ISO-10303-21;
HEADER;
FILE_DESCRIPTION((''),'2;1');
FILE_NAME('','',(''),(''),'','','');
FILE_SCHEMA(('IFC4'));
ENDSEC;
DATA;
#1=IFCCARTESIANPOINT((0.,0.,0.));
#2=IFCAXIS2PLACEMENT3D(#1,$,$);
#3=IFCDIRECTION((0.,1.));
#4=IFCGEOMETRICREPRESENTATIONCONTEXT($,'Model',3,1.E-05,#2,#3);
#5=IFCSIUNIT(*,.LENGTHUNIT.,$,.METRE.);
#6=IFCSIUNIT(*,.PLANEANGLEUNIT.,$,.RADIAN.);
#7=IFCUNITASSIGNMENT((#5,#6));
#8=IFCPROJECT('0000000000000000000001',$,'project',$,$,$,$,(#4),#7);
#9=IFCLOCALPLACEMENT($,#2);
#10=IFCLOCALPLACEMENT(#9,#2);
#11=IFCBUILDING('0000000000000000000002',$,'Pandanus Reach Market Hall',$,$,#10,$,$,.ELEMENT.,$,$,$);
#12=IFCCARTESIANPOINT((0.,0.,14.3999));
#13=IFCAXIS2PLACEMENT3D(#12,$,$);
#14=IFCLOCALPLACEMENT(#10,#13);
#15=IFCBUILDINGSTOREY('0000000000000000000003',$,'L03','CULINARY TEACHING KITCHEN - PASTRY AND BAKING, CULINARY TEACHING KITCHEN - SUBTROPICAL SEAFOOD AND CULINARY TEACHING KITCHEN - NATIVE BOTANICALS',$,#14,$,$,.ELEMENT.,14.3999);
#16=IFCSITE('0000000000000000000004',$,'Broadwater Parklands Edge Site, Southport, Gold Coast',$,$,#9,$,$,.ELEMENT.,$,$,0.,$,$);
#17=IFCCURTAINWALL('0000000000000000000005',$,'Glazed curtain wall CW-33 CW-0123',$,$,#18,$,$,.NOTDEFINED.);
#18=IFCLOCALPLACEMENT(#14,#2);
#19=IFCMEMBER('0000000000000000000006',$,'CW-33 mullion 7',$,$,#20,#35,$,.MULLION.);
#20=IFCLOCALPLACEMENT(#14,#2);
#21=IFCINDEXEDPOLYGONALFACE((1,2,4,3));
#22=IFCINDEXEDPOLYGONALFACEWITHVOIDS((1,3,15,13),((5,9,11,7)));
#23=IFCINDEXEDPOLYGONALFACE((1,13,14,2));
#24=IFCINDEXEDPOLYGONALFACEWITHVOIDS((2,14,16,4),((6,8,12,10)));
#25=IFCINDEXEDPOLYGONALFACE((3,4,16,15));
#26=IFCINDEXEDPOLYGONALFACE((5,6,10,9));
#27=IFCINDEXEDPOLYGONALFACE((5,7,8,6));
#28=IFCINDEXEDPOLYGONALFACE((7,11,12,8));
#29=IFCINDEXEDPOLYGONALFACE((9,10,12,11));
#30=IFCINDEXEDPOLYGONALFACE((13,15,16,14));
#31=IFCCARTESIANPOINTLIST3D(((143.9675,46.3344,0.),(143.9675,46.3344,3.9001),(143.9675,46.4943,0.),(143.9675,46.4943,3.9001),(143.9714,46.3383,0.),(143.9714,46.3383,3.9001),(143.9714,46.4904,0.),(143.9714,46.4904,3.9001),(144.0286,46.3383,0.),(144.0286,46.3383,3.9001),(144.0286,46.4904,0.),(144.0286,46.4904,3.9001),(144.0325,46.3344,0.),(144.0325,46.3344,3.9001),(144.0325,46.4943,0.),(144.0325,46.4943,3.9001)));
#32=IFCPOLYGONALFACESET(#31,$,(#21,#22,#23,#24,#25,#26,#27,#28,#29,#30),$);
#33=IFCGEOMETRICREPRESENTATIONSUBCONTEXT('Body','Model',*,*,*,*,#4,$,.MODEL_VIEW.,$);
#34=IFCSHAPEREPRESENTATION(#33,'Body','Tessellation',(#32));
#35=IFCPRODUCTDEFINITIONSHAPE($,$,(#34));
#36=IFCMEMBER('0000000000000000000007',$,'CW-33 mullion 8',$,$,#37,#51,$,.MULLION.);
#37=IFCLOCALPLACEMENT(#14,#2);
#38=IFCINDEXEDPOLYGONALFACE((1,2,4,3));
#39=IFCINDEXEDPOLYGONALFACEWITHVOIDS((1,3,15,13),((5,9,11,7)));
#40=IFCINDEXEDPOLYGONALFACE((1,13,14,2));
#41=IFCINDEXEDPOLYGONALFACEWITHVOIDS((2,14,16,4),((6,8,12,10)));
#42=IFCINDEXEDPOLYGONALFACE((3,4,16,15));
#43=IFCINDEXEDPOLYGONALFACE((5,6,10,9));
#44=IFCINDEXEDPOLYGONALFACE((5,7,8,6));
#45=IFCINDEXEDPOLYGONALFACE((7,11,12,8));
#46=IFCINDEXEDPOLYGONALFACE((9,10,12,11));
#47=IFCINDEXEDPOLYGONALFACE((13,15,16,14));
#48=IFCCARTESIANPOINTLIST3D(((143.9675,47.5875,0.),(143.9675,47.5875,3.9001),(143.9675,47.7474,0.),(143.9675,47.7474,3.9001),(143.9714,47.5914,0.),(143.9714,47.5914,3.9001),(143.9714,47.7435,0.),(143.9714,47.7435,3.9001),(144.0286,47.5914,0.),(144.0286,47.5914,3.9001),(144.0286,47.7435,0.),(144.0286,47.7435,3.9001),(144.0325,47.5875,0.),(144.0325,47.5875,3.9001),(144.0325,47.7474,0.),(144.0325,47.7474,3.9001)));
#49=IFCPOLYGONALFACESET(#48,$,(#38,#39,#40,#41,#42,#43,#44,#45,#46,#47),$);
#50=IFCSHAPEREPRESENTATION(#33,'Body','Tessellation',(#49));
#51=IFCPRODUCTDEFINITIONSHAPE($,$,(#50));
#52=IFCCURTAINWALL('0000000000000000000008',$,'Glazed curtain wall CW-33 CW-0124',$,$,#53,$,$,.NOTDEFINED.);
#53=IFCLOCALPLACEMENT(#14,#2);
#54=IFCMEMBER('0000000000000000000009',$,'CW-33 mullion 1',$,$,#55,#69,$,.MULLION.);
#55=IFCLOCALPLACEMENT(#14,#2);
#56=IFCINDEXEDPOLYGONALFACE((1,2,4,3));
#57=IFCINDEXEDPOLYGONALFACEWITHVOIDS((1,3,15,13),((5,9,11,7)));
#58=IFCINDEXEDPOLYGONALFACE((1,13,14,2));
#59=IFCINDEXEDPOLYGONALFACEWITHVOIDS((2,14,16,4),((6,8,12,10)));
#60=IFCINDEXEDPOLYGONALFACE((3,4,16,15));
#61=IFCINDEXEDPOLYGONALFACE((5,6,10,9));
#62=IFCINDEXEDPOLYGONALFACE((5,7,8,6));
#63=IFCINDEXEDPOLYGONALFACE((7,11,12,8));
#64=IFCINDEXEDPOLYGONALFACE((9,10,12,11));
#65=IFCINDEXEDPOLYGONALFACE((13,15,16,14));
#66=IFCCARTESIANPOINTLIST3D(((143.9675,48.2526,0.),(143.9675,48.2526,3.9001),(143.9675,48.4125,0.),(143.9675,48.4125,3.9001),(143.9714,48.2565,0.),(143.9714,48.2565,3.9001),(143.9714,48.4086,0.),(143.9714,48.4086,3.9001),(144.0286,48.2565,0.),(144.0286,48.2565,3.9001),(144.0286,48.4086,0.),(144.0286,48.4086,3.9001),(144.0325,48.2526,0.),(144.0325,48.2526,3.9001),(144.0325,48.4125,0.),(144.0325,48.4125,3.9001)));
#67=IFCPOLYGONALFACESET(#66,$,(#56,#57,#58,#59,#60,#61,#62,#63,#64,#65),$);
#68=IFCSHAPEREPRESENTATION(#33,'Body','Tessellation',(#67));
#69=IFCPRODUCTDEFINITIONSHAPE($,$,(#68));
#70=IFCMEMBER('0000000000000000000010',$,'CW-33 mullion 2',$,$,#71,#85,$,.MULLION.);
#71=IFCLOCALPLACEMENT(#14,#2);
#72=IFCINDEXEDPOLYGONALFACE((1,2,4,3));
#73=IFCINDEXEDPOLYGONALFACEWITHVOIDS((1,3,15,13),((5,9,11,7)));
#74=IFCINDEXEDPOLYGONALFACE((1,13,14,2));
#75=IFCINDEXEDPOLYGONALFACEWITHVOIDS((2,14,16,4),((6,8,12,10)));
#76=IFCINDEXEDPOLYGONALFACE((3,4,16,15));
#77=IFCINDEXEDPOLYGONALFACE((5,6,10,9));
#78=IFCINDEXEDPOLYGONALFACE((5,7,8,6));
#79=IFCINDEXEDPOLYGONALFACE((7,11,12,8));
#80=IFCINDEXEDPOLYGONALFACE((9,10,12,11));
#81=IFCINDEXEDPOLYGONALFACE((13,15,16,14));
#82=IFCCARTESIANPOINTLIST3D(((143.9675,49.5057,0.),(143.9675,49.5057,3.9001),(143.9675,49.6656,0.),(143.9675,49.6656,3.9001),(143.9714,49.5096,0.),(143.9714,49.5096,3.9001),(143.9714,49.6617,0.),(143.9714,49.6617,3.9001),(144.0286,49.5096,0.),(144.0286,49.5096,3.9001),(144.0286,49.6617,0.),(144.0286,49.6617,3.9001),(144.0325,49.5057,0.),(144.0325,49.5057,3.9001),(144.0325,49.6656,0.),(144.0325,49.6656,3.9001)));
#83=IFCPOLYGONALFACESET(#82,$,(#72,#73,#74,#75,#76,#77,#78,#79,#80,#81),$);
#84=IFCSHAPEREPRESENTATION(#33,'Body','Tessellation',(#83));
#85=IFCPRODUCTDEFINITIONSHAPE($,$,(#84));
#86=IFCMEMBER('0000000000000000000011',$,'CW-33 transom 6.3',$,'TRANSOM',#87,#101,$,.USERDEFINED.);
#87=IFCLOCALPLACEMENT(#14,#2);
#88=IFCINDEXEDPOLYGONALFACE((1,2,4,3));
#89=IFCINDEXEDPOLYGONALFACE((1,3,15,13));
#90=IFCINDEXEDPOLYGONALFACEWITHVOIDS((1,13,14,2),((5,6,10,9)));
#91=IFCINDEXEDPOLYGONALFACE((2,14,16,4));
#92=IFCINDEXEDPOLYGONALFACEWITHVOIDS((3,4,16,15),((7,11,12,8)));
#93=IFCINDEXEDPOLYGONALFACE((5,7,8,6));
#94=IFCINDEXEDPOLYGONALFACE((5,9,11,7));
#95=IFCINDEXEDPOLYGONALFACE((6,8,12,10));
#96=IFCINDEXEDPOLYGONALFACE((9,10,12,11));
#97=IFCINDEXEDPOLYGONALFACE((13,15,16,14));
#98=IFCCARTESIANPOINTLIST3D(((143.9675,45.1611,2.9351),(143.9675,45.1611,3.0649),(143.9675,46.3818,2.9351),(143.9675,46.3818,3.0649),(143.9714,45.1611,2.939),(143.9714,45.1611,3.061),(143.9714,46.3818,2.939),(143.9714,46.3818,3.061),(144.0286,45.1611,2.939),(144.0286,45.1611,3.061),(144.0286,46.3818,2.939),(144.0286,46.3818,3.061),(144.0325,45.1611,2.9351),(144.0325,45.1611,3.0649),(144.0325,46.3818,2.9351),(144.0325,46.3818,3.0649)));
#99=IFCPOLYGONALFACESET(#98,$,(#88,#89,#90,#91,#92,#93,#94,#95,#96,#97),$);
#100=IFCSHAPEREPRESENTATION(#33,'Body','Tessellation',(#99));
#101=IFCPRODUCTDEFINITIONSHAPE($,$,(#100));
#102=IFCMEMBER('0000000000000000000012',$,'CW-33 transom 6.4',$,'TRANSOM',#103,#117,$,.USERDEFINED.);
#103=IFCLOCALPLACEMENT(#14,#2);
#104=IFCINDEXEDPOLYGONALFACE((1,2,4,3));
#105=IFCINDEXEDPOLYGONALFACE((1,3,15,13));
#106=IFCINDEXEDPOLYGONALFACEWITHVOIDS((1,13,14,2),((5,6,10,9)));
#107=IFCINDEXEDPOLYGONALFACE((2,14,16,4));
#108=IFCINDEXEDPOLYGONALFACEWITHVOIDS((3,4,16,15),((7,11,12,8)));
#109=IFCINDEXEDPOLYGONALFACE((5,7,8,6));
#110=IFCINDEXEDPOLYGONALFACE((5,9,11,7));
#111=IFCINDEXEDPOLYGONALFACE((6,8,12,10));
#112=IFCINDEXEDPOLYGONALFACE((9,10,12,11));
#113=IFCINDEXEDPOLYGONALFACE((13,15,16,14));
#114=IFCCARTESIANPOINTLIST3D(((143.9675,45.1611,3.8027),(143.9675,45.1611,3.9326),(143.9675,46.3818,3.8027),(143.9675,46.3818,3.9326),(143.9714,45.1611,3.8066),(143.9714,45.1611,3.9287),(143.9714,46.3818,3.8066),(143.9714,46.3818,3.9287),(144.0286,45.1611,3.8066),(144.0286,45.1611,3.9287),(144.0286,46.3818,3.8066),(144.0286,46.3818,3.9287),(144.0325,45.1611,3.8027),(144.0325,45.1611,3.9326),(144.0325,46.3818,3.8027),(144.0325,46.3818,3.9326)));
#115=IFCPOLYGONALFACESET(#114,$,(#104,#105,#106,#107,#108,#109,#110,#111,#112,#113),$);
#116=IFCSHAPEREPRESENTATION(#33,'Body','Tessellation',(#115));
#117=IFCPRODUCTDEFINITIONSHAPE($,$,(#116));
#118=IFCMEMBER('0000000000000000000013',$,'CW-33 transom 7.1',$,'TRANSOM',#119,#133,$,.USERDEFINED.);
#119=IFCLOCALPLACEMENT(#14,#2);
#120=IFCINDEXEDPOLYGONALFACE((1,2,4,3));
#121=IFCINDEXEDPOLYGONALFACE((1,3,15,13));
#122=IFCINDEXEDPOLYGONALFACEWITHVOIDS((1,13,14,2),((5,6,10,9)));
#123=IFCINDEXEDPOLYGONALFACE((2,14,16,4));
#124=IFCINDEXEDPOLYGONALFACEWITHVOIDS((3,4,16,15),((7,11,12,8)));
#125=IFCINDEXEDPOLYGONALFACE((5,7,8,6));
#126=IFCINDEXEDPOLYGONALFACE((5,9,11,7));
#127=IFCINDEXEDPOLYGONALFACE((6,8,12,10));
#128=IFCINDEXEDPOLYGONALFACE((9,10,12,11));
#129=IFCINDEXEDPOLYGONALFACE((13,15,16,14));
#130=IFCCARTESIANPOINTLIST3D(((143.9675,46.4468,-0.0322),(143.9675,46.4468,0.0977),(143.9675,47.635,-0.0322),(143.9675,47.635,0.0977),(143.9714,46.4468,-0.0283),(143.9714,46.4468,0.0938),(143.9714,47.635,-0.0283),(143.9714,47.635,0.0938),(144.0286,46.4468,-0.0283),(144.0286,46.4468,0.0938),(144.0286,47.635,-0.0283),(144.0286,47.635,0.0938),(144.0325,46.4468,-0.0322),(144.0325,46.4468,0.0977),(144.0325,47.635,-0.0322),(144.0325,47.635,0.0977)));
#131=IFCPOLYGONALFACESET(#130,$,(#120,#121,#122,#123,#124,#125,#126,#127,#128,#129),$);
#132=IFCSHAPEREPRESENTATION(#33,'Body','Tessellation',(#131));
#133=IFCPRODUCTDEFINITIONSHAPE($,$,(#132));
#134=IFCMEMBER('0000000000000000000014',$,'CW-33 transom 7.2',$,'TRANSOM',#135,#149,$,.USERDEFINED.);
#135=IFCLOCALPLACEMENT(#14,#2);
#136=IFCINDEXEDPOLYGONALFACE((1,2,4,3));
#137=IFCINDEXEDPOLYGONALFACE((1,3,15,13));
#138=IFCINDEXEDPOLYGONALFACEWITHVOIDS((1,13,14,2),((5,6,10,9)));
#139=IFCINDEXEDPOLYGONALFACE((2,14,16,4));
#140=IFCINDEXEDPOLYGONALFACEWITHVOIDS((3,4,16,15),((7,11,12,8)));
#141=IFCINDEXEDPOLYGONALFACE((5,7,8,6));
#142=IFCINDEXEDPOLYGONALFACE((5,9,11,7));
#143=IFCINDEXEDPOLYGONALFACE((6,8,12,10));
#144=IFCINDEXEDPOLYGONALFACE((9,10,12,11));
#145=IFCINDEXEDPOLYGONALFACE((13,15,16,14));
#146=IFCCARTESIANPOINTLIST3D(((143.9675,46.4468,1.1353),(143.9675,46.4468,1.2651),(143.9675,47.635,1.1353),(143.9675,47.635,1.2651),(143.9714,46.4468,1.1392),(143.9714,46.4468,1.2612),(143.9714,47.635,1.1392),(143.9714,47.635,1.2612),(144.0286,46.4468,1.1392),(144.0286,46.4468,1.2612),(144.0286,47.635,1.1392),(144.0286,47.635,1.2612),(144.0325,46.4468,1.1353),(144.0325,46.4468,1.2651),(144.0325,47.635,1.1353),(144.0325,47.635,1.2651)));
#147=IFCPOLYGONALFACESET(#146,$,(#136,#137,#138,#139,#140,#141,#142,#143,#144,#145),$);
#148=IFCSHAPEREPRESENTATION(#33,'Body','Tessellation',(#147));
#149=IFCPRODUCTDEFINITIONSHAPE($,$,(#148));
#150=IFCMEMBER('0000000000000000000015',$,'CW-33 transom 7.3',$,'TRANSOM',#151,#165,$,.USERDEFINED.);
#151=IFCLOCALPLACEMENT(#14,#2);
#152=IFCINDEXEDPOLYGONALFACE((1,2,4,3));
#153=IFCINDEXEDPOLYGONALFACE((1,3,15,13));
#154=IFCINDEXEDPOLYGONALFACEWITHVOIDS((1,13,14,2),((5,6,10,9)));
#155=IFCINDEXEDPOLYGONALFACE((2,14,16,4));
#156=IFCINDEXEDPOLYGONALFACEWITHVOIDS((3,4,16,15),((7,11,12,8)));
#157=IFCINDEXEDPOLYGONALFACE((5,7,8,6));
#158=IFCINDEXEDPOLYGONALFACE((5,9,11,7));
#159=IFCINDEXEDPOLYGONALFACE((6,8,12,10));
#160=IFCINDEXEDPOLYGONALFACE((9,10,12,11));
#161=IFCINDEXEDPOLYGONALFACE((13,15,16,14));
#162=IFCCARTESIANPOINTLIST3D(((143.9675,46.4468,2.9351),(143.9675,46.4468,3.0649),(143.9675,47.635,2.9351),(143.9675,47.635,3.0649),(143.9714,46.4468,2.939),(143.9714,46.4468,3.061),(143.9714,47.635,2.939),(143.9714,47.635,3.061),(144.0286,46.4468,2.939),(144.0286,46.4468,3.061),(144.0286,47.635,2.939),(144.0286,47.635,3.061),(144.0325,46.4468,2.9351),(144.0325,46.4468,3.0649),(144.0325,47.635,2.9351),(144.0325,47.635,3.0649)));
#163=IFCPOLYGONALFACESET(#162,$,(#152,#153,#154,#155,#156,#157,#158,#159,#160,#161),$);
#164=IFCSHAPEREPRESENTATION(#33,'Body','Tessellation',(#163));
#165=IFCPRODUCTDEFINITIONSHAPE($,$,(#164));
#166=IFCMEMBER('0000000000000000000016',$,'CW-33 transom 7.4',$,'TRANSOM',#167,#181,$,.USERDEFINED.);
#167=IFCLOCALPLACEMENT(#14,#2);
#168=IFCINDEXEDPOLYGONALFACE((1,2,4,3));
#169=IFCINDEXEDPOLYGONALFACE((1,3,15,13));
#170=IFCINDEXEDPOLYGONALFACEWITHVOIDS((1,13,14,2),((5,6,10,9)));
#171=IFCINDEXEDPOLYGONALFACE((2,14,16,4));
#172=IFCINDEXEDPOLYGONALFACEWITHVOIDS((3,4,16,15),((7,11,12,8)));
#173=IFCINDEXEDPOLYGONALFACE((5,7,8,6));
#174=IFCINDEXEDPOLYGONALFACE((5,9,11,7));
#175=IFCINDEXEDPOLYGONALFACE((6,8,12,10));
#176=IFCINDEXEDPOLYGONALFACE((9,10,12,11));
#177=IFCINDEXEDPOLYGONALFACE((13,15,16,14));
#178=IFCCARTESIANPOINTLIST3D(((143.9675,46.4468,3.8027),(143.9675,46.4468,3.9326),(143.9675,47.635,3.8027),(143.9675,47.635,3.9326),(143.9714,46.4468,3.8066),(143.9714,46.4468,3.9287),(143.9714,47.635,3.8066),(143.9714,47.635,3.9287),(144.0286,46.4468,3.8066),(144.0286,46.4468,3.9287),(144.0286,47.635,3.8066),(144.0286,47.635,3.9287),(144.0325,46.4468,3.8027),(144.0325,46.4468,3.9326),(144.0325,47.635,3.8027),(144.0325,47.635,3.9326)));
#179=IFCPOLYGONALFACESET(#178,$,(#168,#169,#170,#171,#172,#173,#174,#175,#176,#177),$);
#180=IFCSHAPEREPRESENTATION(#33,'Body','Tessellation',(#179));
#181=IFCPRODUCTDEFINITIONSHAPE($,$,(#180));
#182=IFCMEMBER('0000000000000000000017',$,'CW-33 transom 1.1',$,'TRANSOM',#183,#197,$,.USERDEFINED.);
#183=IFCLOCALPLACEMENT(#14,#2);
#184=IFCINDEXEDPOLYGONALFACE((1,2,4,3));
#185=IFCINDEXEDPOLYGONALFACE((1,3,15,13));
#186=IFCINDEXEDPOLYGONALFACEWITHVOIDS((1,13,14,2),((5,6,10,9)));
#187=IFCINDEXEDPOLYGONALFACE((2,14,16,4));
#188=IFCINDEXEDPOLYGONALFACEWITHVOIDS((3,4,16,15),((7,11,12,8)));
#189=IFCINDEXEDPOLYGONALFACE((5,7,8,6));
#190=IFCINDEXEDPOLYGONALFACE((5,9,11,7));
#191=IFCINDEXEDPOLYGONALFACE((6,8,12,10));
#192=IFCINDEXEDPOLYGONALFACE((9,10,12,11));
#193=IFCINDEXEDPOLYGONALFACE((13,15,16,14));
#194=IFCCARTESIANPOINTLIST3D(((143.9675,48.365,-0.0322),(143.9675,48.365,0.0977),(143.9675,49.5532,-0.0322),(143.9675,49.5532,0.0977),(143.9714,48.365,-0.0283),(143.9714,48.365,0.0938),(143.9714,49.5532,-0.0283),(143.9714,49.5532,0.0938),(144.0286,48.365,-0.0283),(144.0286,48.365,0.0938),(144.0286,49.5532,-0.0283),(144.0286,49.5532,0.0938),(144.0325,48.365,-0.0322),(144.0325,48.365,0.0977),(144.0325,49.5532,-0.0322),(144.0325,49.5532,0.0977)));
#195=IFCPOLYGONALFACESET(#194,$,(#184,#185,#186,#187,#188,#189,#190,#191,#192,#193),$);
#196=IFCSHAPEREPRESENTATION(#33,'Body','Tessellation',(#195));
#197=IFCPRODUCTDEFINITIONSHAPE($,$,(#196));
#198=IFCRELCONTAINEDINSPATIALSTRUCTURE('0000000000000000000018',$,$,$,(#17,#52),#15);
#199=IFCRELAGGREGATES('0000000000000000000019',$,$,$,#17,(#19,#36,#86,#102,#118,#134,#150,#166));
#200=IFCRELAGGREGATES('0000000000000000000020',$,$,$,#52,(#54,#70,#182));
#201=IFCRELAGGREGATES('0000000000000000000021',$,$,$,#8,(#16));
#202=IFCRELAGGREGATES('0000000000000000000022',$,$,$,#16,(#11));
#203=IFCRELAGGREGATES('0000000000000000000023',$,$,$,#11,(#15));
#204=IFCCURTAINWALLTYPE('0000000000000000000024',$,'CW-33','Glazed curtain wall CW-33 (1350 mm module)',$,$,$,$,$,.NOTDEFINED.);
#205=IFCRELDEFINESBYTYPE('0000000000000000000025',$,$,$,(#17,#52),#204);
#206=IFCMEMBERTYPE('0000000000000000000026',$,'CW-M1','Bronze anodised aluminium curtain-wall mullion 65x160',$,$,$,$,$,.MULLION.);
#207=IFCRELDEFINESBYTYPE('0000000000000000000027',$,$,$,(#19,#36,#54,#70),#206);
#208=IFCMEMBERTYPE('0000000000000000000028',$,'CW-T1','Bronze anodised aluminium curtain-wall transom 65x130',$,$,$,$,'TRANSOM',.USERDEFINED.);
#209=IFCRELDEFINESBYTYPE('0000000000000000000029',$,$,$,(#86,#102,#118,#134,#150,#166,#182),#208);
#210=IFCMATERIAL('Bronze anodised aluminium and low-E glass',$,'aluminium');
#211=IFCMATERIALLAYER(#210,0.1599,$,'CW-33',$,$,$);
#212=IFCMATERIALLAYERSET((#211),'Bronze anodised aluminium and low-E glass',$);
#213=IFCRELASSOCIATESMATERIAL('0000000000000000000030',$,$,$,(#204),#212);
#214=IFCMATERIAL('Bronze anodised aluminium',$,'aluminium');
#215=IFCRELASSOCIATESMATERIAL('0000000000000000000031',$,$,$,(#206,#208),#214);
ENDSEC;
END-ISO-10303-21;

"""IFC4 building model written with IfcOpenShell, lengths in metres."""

from ifc_helpers import new_model, si_unit, direction, frame, origin, origin_2d, place, context, subcontext, project, spatial, hollow_rectangle, extrude, material, layer, layer_set, material_profile, profile_set, type_object, element, aggregate, save


model = new_model("IFC4")

# Units and contexts
model_context = context("Model", 3, precision=1e-05, world=origin(), true_north=direction((0.0, 1.0)))
body_context = subcontext(model_context, "Body", "Model", "MODEL_VIEW")
ifc_project = project(units=[si_unit("LENGTHUNIT", "METRE"), si_unit("PLANEANGLEUNIT", "RADIAN")], contexts=[model_context])

# Site, building, storey
site_placement = place(None, origin())
site = spatial("IfcSite", under=ifc_project, at=site_placement, Name="Broadwater Parklands Edge Site, Southport, Gold Coast", CompositionType="ELEMENT", RefElevation=0.0)
building_placement = place(site_placement, origin())
building = spatial("IfcBuilding", under=site, at=building_placement, Name="Pandanus Reach Market Hall", CompositionType="ELEMENT")
storey_placement = place(building_placement, frame((0.0, 0.0, 14.3999)))
storey = spatial("IfcBuildingStorey", under=building, at=storey_placement, Name="L03", Description="CULINARY TEACHING KITCHEN - PASTRY AND BAKING, CULINARY TEACHING KITCHEN - SUBTROPICAL SEAFOOD AND CULINARY TEACHING KITCHEN - NATIVE BOTANICALS", CompositionType="ELEMENT", Elevation=14.3999)

# Curtain walls, members
ifc_material_1 = material(Name="Bronze anodised aluminium and low-E glass", Category="aluminium")
ifc_layer_1 = layer(ifc_material_1, 0.1599, Name="CW-33")
ifc_layer_set_1 = layer_set([ifc_layer_1], Name="Bronze anodised aluminium and low-E glass")
curtain_wall_type = type_object("IfcCurtainWallType", Name="CW-33", Description="Glazed curtain wall CW-33 (1350 mm module)", PredefinedType="NOTDEFINED", material=ifc_layer_set_1)
curtain_wall_1_placement = place(storey_placement, origin())
curtain_wall_1 = element("IfcCurtainWall", 1, at=curtain_wall_1_placement, inside=storey, type_object=curtain_wall_type, Name="Glazed curtain wall CW-33 CW-0123", PredefinedType="NOTDEFINED")
ifc_material_2 = material(Name="Bronze anodised aluminium", Category="aluminium")
ifc_material_profile_1 = material_profile(ifc_material_2, hollow_rectangle(XDim=0.0649, YDim=0.1599, WallThickness=0.0039, at=origin_2d()), Name="ALU65x160", Category="LoadBearing")
ifc_profile_set_1 = profile_set([ifc_material_profile_1], Name="Bronze anodised aluminium")
member_type_1 = type_object("IfcMemberType", Name="CW-M1", Description="Bronze anodised aluminium curtain-wall mullion 65x160", PredefinedType="MULLION", material=ifc_profile_set_1)
member_1_placement = place(storey_placement, frame((144.0, 46.4143, 0.0), z_axis=(0.0, 0.0, 1.0), x_axis=(-1.0, 0.0, 0.0)))
member_1 = element("IfcMember", 2, at=member_1_placement, type_object=member_type_1, Name="CW-33 mullion 7", PredefinedType="MULLION", context=body_context, shape_type="SweptSolid", body=[
    extrude(hollow_rectangle(XDim=0.0649, YDim=0.1599, WallThickness=0.0039, at=origin_2d()), origin(), (0.0, 0.0, 1.0), 3.9001),
])
member_2_placement = place(storey_placement, frame((144.0, 47.6675, 0.0), z_axis=(0.0, 0.0, 1.0), x_axis=(-1.0, 0.0, 0.0)))
member_2 = element("IfcMember", 3, at=member_2_placement, type_object=member_type_1, Name="CW-33 mullion 8", PredefinedType="MULLION", context=body_context, shape_type="SweptSolid", body=[
    extrude(hollow_rectangle(XDim=0.0649, YDim=0.1599, WallThickness=0.0039, at=origin_2d()), origin(), (0.0, 0.0, 1.0), 3.9001),
])
curtain_wall_2_placement = place(storey_placement, origin())
curtain_wall_2 = element("IfcCurtainWall", 4, at=curtain_wall_2_placement, inside=storey, type_object=curtain_wall_type, Name="Glazed curtain wall CW-33 CW-0124", PredefinedType="NOTDEFINED")
member_3_placement = place(storey_placement, frame((144.0, 48.3325, 0.0), z_axis=(0.0, 0.0, 1.0), x_axis=(-1.0, 0.0, 0.0)))
member_3 = element("IfcMember", 5, at=member_3_placement, type_object=member_type_1, Name="CW-33 mullion 1", PredefinedType="MULLION", context=body_context, shape_type="SweptSolid", body=[
    extrude(hollow_rectangle(XDim=0.0649, YDim=0.1599, WallThickness=0.0039, at=origin_2d()), origin(), (0.0, 0.0, 1.0), 3.9001),
])
member_4_placement = place(storey_placement, frame((144.0, 49.5857, 0.0), z_axis=(0.0, 0.0, 1.0), x_axis=(-1.0, 0.0, 0.0)))
member_4 = element("IfcMember", 6, at=member_4_placement, type_object=member_type_1, Name="CW-33 mullion 2", PredefinedType="MULLION", context=body_context, shape_type="SweptSolid", body=[
    extrude(hollow_rectangle(XDim=0.0649, YDim=0.1599, WallThickness=0.0039, at=origin_2d()), origin(), (0.0, 0.0, 1.0), 3.9001),
])

# Members
ifc_material_profile_2 = material_profile(ifc_material_2, hollow_rectangle(XDim=0.0649, YDim=0.1299, WallThickness=0.0039, at=origin_2d()), Name="ALU65x130", Category="LoadBearing")
ifc_profile_set_2 = profile_set([ifc_material_profile_2], Name="Bronze anodised aluminium")
member_type_2 = type_object("IfcMemberType", Name="CW-T1", Description="Bronze anodised aluminium curtain-wall transom 65x130", ElementType="TRANSOM", PredefinedType="USERDEFINED", material=ifc_profile_set_2)
member_5_placement = place(storey_placement, frame((144.0, 45.1611, 3.0), z_axis=(0.0, 1.0, 0.0), x_axis=(-1.0, 0.0, 0.0)))
member_5 = element("IfcMember", 7, at=member_5_placement, type_object=member_type_2, Name="CW-33 transom 6.3", ObjectType="TRANSOM", PredefinedType="USERDEFINED", context=body_context, shape_type="SweptSolid", body=[
    extrude(hollow_rectangle(XDim=0.0649, YDim=0.1299, WallThickness=0.0039, at=origin_2d()), origin(), (0.0, 0.0, 1.0), 1.2207),
])
member_6_placement = place(storey_placement, frame((144.0, 45.1611, 3.8677), z_axis=(0.0, 1.0, 0.0), x_axis=(-1.0, 0.0, 0.0)))
member_6 = element("IfcMember", 8, at=member_6_placement, type_object=member_type_2, Name="CW-33 transom 6.4", ObjectType="TRANSOM", PredefinedType="USERDEFINED", context=body_context, shape_type="SweptSolid", body=[
    extrude(hollow_rectangle(XDim=0.0649, YDim=0.1299, WallThickness=0.0039, at=origin_2d()), origin(), (0.0, 0.0, 1.0), 1.2207),
])
member_7_placement = place(storey_placement, frame((144.0, 46.4468, 0.0327), z_axis=(0.0, 1.0, 0.0), x_axis=(-1.0, 0.0, 0.0)))
member_7 = element("IfcMember", 9, at=member_7_placement, type_object=member_type_2, Name="CW-33 transom 7.1", ObjectType="TRANSOM", PredefinedType="USERDEFINED", context=body_context, shape_type="SweptSolid", body=[
    extrude(hollow_rectangle(XDim=0.0649, YDim=0.1299, WallThickness=0.0039, at=origin_2d()), origin(), (0.0, 0.0, 1.0), 1.1882),
])
member_8_placement = place(storey_placement, frame((144.0, 46.4468, 1.2002), z_axis=(0.0, 1.0, 0.0), x_axis=(-1.0, 0.0, 0.0)))
member_8 = element("IfcMember", 10, at=member_8_placement, type_object=member_type_2, Name="CW-33 transom 7.2", ObjectType="TRANSOM", PredefinedType="USERDEFINED", context=body_context, shape_type="SweptSolid", body=[
    extrude(hollow_rectangle(XDim=0.0649, YDim=0.1299, WallThickness=0.0039, at=origin_2d()), origin(), (0.0, 0.0, 1.0), 1.1882),
])
member_9_placement = place(storey_placement, frame((144.0, 46.4468, 3.0), z_axis=(0.0, 1.0, 0.0), x_axis=(-1.0, 0.0, 0.0)))
member_9 = element("IfcMember", 11, at=member_9_placement, type_object=member_type_2, Name="CW-33 transom 7.3", ObjectType="TRANSOM", PredefinedType="USERDEFINED", context=body_context, shape_type="SweptSolid", body=[
    extrude(hollow_rectangle(XDim=0.0649, YDim=0.1299, WallThickness=0.0039, at=origin_2d()), origin(), (0.0, 0.0, 1.0), 1.1882),
])
member_10_placement = place(storey_placement, frame((144.0, 46.4468, 3.8677), z_axis=(0.0, 1.0, 0.0), x_axis=(-1.0, 0.0, 0.0)))
member_10 = element("IfcMember", 12, at=member_10_placement, type_object=member_type_2, Name="CW-33 transom 7.4", ObjectType="TRANSOM", PredefinedType="USERDEFINED", context=body_context, shape_type="SweptSolid", body=[
    extrude(hollow_rectangle(XDim=0.0649, YDim=0.1299, WallThickness=0.0039, at=origin_2d()), origin(), (0.0, 0.0, 1.0), 1.1882),
])
member_11_placement = place(storey_placement, frame((144.0, 48.365, 0.0327), z_axis=(0.0, 1.0, 0.0), x_axis=(-1.0, 0.0, 0.0)))
member_11 = element("IfcMember", 13, at=member_11_placement, type_object=member_type_2, Name="CW-33 transom 1.1", ObjectType="TRANSOM", PredefinedType="USERDEFINED", context=body_context, shape_type="SweptSolid", body=[
    extrude(hollow_rectangle(XDim=0.0649, YDim=0.1299, WallThickness=0.0039, at=origin_2d()), origin(), (0.0, 0.0, 1.0), 1.1882),
])

aggregate(curtain_wall_1, [member_1, member_2, member_5, member_6, member_7, member_8, member_9, member_10])
aggregate(curtain_wall_2, [member_3, member_4, member_11])

save(model, "model.ifc")
